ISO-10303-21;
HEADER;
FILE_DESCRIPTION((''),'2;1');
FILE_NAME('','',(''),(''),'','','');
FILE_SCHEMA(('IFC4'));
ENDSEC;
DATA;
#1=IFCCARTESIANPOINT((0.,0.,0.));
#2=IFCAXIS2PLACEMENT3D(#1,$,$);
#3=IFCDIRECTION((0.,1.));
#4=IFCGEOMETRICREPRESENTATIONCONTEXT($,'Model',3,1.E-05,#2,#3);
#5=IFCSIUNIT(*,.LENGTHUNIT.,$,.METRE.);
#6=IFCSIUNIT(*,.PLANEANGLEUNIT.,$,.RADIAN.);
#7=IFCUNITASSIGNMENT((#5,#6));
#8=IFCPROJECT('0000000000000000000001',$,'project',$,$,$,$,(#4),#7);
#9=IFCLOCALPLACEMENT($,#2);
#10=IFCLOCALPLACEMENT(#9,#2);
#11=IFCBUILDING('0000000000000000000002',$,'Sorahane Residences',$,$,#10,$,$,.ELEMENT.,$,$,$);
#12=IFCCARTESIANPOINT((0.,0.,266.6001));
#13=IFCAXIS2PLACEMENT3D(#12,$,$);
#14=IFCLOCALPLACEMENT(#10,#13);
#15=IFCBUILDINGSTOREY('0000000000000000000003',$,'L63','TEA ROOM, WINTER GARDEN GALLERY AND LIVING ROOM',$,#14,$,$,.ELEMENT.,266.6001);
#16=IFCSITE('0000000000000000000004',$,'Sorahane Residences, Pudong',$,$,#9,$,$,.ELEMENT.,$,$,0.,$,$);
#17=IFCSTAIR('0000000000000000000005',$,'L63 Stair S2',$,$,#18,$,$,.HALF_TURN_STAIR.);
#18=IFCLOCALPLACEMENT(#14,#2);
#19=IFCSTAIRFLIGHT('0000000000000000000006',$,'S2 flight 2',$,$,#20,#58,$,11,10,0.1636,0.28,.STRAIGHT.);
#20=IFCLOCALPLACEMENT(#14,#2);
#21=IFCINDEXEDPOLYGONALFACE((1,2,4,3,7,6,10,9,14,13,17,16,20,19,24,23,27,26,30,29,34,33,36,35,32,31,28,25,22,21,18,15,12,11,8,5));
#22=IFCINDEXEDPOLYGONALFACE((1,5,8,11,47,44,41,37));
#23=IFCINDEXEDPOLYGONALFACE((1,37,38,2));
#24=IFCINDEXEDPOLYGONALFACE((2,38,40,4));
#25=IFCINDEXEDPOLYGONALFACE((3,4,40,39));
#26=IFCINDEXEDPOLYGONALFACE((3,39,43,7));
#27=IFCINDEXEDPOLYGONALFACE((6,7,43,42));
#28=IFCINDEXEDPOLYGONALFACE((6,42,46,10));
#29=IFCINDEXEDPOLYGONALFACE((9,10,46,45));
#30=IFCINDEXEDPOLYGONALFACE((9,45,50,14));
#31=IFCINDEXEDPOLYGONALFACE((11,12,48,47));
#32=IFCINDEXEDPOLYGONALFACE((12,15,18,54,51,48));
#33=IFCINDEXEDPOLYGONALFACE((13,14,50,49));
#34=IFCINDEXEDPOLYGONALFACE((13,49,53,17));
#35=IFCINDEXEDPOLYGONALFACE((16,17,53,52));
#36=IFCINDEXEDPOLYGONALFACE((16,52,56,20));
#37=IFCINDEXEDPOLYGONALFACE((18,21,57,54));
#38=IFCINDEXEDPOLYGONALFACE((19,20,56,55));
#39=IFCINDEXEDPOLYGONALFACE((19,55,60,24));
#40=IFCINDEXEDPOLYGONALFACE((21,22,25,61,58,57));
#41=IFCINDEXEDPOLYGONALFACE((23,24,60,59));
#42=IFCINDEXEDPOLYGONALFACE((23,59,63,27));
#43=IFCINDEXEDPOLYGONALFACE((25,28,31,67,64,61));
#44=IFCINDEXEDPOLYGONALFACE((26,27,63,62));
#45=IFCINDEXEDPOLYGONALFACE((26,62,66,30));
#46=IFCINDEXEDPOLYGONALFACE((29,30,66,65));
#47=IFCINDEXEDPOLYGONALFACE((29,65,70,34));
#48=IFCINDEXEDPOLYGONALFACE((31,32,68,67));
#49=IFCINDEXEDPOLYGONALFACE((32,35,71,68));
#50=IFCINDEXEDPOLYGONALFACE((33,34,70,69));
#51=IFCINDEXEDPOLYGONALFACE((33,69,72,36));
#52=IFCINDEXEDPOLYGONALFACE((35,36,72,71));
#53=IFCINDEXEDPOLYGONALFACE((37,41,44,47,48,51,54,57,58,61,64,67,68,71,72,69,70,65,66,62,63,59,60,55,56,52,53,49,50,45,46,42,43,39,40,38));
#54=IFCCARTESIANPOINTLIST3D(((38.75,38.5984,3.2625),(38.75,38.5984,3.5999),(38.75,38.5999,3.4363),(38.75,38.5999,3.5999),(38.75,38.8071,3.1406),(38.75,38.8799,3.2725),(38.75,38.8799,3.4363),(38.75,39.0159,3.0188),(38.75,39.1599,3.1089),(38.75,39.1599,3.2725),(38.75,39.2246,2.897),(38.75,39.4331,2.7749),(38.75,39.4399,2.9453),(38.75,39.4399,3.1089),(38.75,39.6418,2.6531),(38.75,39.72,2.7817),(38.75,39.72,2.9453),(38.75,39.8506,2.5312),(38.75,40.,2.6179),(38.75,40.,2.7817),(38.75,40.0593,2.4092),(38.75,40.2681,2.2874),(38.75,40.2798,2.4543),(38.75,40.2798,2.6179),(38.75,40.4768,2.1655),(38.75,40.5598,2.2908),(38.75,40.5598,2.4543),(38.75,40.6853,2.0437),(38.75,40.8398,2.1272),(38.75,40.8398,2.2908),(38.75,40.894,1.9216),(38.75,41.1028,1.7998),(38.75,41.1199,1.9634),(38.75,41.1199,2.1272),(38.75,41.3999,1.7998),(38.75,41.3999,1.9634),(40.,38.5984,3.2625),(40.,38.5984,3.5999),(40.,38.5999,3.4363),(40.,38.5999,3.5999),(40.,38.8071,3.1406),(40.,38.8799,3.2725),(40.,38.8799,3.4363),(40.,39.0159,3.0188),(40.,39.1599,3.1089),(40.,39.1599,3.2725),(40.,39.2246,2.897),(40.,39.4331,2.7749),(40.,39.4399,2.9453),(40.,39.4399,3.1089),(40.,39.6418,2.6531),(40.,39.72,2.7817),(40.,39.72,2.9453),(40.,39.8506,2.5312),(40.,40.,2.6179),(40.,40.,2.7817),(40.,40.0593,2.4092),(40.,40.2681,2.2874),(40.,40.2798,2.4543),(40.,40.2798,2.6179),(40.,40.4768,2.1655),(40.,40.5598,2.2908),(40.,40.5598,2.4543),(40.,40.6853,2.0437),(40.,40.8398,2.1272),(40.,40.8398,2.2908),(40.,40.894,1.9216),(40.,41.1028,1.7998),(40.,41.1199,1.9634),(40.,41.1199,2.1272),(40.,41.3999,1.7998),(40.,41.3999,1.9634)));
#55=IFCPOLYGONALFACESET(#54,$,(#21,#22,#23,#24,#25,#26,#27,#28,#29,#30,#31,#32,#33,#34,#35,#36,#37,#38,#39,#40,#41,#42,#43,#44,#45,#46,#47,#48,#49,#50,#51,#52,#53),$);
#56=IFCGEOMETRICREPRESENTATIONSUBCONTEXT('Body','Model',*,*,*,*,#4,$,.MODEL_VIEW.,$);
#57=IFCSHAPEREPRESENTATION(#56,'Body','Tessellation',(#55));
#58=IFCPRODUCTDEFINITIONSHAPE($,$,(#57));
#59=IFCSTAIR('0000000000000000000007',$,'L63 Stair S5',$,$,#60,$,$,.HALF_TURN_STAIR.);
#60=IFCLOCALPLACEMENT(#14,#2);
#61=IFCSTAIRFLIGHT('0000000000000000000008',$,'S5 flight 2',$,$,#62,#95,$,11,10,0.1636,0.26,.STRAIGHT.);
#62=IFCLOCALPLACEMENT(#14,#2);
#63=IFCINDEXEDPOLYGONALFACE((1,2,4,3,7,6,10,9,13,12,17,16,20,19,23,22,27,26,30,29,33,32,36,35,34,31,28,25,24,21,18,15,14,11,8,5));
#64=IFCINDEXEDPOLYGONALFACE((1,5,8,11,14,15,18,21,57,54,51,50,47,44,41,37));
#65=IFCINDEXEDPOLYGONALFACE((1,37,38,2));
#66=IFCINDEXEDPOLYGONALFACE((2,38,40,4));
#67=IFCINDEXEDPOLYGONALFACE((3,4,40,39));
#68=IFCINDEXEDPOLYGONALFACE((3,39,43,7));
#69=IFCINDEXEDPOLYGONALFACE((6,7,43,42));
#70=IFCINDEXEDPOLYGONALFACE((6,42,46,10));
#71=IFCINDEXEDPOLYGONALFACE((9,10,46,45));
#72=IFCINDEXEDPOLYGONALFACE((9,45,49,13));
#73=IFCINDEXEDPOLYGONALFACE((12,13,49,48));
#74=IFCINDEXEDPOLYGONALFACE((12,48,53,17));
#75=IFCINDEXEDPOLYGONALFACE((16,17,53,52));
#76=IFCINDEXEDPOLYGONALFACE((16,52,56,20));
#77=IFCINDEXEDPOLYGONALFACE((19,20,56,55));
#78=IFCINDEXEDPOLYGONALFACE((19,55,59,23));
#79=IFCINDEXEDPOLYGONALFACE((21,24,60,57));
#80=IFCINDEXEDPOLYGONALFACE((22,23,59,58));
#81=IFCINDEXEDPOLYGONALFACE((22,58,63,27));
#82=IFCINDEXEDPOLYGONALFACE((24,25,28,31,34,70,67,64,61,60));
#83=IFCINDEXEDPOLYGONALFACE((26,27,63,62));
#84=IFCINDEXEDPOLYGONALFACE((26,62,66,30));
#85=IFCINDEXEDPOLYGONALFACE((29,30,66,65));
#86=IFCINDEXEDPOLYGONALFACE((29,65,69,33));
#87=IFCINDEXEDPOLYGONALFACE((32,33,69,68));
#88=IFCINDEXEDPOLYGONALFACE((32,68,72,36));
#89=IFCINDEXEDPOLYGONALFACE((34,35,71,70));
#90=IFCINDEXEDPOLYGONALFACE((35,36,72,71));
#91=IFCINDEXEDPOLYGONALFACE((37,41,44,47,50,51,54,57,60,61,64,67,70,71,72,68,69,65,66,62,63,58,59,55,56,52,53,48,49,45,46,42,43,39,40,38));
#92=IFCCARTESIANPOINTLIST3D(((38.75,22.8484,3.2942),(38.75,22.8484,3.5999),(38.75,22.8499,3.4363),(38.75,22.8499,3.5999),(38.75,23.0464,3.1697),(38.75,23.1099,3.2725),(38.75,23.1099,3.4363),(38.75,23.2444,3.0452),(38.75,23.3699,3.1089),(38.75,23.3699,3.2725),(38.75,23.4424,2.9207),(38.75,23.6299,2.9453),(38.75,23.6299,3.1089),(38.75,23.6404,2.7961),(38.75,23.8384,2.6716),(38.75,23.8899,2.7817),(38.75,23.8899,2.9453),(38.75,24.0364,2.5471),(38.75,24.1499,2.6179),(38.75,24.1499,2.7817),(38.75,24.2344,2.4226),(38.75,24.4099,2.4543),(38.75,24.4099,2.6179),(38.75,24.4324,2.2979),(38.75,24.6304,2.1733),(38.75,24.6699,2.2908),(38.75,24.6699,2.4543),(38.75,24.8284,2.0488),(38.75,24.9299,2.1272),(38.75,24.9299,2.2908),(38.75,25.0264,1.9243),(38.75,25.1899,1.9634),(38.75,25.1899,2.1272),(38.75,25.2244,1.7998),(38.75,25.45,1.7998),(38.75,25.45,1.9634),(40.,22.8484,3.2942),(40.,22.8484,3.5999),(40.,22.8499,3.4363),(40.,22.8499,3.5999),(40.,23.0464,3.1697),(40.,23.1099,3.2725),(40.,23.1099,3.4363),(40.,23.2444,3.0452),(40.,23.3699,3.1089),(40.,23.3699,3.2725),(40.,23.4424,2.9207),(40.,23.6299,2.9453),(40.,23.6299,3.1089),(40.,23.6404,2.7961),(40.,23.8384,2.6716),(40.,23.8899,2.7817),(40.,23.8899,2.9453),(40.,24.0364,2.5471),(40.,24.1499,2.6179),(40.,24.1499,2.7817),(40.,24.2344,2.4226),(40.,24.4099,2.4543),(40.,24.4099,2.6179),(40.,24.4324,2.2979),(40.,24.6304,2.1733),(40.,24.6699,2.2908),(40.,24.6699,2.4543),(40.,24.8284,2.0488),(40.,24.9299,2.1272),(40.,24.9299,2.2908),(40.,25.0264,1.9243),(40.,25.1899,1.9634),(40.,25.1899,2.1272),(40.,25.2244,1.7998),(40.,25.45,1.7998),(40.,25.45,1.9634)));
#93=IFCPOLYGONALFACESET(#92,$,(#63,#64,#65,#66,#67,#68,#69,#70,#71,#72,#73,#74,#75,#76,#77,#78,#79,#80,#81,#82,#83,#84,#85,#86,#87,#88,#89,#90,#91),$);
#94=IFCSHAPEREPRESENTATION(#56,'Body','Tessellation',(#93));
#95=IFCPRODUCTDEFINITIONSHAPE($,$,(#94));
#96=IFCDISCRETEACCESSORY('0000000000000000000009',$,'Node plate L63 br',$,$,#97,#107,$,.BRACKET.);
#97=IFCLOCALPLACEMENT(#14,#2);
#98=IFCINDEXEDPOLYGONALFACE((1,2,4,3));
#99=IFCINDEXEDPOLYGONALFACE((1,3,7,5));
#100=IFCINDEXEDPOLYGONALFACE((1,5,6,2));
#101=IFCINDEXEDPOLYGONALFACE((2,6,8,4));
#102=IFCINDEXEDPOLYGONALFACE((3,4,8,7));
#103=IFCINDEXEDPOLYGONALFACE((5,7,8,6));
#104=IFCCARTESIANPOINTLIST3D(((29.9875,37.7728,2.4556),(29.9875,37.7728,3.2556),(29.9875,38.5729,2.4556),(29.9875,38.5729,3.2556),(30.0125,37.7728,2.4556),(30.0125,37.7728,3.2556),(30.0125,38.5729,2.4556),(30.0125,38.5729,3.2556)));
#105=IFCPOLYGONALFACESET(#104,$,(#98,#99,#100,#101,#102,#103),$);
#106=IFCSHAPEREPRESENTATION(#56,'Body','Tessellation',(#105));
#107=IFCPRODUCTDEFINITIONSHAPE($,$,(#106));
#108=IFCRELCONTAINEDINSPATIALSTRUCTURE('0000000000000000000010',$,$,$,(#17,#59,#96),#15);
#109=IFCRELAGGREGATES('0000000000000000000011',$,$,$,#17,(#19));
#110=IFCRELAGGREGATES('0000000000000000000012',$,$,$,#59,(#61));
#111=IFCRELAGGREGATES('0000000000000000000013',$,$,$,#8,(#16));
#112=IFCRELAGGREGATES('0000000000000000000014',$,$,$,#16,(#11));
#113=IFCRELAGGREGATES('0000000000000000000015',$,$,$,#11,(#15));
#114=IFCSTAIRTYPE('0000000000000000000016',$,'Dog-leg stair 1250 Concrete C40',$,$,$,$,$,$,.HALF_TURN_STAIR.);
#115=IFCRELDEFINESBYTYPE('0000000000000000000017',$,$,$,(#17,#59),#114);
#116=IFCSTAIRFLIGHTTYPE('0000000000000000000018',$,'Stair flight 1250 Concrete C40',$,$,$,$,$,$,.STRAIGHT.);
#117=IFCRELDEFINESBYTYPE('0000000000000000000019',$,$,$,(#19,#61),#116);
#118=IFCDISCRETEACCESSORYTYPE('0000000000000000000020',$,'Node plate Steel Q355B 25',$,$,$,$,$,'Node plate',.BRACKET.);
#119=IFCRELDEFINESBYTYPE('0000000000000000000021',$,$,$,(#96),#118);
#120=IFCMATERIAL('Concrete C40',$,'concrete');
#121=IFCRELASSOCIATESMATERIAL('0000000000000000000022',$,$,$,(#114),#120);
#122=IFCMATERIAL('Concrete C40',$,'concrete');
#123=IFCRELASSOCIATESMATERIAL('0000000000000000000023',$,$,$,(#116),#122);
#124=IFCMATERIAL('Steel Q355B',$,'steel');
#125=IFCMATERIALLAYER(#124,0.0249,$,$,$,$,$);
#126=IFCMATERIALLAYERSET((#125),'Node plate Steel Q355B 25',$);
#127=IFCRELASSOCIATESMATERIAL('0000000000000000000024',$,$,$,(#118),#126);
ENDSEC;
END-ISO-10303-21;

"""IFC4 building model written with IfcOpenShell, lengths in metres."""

from ifc_helpers import new_model, si_unit, direction, frame, origin, origin_2d, place, context, subcontext, project, spatial, polyline, rectangle, outline, extrude, material, layer, layer_set, type_object, element, aggregate, save


model = new_model("IFC4")

# Units and contexts
model_context = context("Model", 3, precision=1e-05, world=origin(), true_north=direction((0.0, 1.0)))
body_context = subcontext(model_context, "Body", "Model", "MODEL_VIEW")
ifc_project = project(units=[si_unit("LENGTHUNIT", "METRE"), si_unit("PLANEANGLEUNIT", "RADIAN")], contexts=[model_context])

# Site, building, storey
site_placement = place(None, origin())
site = spatial("IfcSite", under=ifc_project, at=site_placement, Name="Sorahane Residences, Pudong", CompositionType="ELEMENT", RefElevation=0.0)
building_placement = place(site_placement, origin())
building = spatial("IfcBuilding", under=site, at=building_placement, Name="Sorahane Residences", CompositionType="ELEMENT")
storey_placement = place(building_placement, frame((0.0, 0.0, 266.6001)))
storey = spatial("IfcBuildingStorey", under=building, at=storey_placement, Name="L63", Description="TEA ROOM, WINTER GARDEN GALLERY AND LIVING ROOM", CompositionType="ELEMENT", Elevation=266.6001)

# Stairs, stair flights
ifc_material_1 = material(Name="Concrete C40", Category="concrete")
stair_type = type_object("IfcStairType", Name="Dog-leg stair 1250 Concrete C40", PredefinedType="HALF_TURN_STAIR", material=ifc_material_1)
stair_1_placement = place(storey_placement, origin())
stair_1 = element("IfcStair", 1, at=stair_1_placement, inside=storey, type_object=stair_type, Name="L63 Stair S2", PredefinedType="HALF_TURN_STAIR")
ifc_material_2 = material(Name="Concrete C40", Category="concrete")
stair_flight_type = type_object("IfcStairFlightType", Name="Stair flight 1250 Concrete C40", PredefinedType="STRAIGHT", material=ifc_material_2)
stair_flight_1_placement = place(storey_placement, frame((39.375, 41.3999, 1.7998), z_axis=(0.0, 0.0, 1.0), x_axis=(0.0, -1.0, 0.0)))
stair_flight_1 = element("IfcStairFlight", 2, at=stair_flight_1_placement, type_object=stair_flight_type, Name="S2 flight 2", NumberOfRisers=11, NumberOfTreads=10, PredefinedType="STRAIGHT", RiserHeight=0.1636, TreadLength=0.28, context=body_context, shape_type="SweptSolid", body=[
    extrude(outline(polyline([(0.0, 0.0), (0.0, 0.1636), (0.28, 0.1636), (0.28, 0.3274), (0.5601, 0.3274), (0.5601, 0.491), (0.8401, 0.491), (0.8401, 0.6545), (1.1201, 0.6545), (1.1201, 0.8181), (1.3999, 0.8181), (1.3999, 0.9819), (1.6799, 0.9819), (1.6799, 1.1455), (1.96, 1.1455), (1.96, 1.3091), (2.24, 1.3091), (2.24, 1.4727), (2.52, 1.4727), (2.52, 1.6365), (2.8, 1.6365), (2.8, 1.8), (2.8015, 1.8), (2.8015, 1.4626), (2.5928, 1.3408), (2.384, 1.219), (2.1753, 1.0972), (1.9668, 0.9751), (1.7581, 0.8533), (1.5493, 0.7314), (1.3406, 0.6094), (1.1318, 0.4875), (0.9231, 0.3657), (0.7146, 0.2439), (0.5059, 0.1218), (0.2971, 0.0), (0.0, 0.0)])), frame((0.0, 0.625, 0.0), z_axis=(0.0, -1.0, 0.0), x_axis=(1.0, 0.0, 0.0)), (0.0, 0.0, 1.0), 1.25),
])
aggregate(stair_1, [stair_flight_1])
stair_2_placement = place(storey_placement, origin())
stair_2 = element("IfcStair", 3, at=stair_2_placement, inside=storey, type_object=stair_type, Name="L63 Stair S5", PredefinedType="HALF_TURN_STAIR")
stair_flight_2_placement = place(storey_placement, frame((39.375, 25.45, 1.7998), z_axis=(0.0, 0.0, 1.0), x_axis=(0.0, -1.0, 0.0)))
stair_flight_2 = element("IfcStairFlight", 4, at=stair_flight_2_placement, type_object=stair_flight_type, Name="S5 flight 2", NumberOfRisers=11, NumberOfTreads=10, PredefinedType="STRAIGHT", RiserHeight=0.1636, TreadLength=0.26, context=body_context, shape_type="SweptSolid", body=[
    extrude(outline(polyline([(0.0, 0.0), (0.0, 0.1636), (0.26, 0.1636), (0.26, 0.3274), (0.52, 0.3274), (0.52, 0.491), (0.78, 0.491), (0.78, 0.6545), (1.04, 0.6545), (1.04, 0.8181), (1.3, 0.8181), (1.3, 0.9819), (1.5601, 0.9819), (1.5601, 1.1455), (1.8201, 1.1455), (1.8201, 1.3091), (2.0801, 1.3091), (2.0801, 1.4727), (2.3401, 1.4727), (2.3401, 1.6365), (2.6001, 1.6365), (2.6001, 1.8), (2.6016, 1.8), (2.6016, 1.4944), (2.4036, 1.3699), (2.2056, 1.2454), (2.0076, 1.1208), (1.8096, 0.9963), (1.6116, 0.8718), (1.4136, 0.7473), (1.2156, 0.6228), (1.0176, 0.498), (0.8196, 0.3735), (0.6216, 0.249), (0.4236, 0.1245), (0.2256, 0.0), (0.0, 0.0)])), frame((0.0, 0.625, 0.0), z_axis=(0.0, -1.0, 0.0), x_axis=(1.0, 0.0, 0.0)), (0.0, 0.0, 1.0), 1.25),
])
aggregate(stair_2, [stair_flight_2])

# Discrete accessory
ifc_material_3 = material(Name="Steel Q355B", Category="steel")
ifc_layer_1 = layer(ifc_material_3, 0.0249)
ifc_layer_set_1 = layer_set([ifc_layer_1], Name="Node plate Steel Q355B 25")
discrete_accessory_type = type_object("IfcDiscreteAccessoryType", Name="Node plate Steel Q355B 25", ElementType="Node plate", PredefinedType="BRACKET", material=ifc_layer_set_1)
discrete_accessory_placement = place(storey_placement, frame((30.0, 38.1729, 2.4556), z_axis=(0.0, 0.0, 1.0), x_axis=(0.0, 1.0, 0.0)))
element("IfcDiscreteAccessory", 5, at=discrete_accessory_placement, inside=storey, type_object=discrete_accessory_type, Name="Node plate L63 br", PredefinedType="BRACKET", context=body_context, shape_type="SweptSolid", body=[
    extrude(rectangle(XDim=0.8, YDim=0.0249, at=origin_2d()), origin(), (0.0, 0.0, 1.0), 0.8),
])

save(model, "model.ifc")
